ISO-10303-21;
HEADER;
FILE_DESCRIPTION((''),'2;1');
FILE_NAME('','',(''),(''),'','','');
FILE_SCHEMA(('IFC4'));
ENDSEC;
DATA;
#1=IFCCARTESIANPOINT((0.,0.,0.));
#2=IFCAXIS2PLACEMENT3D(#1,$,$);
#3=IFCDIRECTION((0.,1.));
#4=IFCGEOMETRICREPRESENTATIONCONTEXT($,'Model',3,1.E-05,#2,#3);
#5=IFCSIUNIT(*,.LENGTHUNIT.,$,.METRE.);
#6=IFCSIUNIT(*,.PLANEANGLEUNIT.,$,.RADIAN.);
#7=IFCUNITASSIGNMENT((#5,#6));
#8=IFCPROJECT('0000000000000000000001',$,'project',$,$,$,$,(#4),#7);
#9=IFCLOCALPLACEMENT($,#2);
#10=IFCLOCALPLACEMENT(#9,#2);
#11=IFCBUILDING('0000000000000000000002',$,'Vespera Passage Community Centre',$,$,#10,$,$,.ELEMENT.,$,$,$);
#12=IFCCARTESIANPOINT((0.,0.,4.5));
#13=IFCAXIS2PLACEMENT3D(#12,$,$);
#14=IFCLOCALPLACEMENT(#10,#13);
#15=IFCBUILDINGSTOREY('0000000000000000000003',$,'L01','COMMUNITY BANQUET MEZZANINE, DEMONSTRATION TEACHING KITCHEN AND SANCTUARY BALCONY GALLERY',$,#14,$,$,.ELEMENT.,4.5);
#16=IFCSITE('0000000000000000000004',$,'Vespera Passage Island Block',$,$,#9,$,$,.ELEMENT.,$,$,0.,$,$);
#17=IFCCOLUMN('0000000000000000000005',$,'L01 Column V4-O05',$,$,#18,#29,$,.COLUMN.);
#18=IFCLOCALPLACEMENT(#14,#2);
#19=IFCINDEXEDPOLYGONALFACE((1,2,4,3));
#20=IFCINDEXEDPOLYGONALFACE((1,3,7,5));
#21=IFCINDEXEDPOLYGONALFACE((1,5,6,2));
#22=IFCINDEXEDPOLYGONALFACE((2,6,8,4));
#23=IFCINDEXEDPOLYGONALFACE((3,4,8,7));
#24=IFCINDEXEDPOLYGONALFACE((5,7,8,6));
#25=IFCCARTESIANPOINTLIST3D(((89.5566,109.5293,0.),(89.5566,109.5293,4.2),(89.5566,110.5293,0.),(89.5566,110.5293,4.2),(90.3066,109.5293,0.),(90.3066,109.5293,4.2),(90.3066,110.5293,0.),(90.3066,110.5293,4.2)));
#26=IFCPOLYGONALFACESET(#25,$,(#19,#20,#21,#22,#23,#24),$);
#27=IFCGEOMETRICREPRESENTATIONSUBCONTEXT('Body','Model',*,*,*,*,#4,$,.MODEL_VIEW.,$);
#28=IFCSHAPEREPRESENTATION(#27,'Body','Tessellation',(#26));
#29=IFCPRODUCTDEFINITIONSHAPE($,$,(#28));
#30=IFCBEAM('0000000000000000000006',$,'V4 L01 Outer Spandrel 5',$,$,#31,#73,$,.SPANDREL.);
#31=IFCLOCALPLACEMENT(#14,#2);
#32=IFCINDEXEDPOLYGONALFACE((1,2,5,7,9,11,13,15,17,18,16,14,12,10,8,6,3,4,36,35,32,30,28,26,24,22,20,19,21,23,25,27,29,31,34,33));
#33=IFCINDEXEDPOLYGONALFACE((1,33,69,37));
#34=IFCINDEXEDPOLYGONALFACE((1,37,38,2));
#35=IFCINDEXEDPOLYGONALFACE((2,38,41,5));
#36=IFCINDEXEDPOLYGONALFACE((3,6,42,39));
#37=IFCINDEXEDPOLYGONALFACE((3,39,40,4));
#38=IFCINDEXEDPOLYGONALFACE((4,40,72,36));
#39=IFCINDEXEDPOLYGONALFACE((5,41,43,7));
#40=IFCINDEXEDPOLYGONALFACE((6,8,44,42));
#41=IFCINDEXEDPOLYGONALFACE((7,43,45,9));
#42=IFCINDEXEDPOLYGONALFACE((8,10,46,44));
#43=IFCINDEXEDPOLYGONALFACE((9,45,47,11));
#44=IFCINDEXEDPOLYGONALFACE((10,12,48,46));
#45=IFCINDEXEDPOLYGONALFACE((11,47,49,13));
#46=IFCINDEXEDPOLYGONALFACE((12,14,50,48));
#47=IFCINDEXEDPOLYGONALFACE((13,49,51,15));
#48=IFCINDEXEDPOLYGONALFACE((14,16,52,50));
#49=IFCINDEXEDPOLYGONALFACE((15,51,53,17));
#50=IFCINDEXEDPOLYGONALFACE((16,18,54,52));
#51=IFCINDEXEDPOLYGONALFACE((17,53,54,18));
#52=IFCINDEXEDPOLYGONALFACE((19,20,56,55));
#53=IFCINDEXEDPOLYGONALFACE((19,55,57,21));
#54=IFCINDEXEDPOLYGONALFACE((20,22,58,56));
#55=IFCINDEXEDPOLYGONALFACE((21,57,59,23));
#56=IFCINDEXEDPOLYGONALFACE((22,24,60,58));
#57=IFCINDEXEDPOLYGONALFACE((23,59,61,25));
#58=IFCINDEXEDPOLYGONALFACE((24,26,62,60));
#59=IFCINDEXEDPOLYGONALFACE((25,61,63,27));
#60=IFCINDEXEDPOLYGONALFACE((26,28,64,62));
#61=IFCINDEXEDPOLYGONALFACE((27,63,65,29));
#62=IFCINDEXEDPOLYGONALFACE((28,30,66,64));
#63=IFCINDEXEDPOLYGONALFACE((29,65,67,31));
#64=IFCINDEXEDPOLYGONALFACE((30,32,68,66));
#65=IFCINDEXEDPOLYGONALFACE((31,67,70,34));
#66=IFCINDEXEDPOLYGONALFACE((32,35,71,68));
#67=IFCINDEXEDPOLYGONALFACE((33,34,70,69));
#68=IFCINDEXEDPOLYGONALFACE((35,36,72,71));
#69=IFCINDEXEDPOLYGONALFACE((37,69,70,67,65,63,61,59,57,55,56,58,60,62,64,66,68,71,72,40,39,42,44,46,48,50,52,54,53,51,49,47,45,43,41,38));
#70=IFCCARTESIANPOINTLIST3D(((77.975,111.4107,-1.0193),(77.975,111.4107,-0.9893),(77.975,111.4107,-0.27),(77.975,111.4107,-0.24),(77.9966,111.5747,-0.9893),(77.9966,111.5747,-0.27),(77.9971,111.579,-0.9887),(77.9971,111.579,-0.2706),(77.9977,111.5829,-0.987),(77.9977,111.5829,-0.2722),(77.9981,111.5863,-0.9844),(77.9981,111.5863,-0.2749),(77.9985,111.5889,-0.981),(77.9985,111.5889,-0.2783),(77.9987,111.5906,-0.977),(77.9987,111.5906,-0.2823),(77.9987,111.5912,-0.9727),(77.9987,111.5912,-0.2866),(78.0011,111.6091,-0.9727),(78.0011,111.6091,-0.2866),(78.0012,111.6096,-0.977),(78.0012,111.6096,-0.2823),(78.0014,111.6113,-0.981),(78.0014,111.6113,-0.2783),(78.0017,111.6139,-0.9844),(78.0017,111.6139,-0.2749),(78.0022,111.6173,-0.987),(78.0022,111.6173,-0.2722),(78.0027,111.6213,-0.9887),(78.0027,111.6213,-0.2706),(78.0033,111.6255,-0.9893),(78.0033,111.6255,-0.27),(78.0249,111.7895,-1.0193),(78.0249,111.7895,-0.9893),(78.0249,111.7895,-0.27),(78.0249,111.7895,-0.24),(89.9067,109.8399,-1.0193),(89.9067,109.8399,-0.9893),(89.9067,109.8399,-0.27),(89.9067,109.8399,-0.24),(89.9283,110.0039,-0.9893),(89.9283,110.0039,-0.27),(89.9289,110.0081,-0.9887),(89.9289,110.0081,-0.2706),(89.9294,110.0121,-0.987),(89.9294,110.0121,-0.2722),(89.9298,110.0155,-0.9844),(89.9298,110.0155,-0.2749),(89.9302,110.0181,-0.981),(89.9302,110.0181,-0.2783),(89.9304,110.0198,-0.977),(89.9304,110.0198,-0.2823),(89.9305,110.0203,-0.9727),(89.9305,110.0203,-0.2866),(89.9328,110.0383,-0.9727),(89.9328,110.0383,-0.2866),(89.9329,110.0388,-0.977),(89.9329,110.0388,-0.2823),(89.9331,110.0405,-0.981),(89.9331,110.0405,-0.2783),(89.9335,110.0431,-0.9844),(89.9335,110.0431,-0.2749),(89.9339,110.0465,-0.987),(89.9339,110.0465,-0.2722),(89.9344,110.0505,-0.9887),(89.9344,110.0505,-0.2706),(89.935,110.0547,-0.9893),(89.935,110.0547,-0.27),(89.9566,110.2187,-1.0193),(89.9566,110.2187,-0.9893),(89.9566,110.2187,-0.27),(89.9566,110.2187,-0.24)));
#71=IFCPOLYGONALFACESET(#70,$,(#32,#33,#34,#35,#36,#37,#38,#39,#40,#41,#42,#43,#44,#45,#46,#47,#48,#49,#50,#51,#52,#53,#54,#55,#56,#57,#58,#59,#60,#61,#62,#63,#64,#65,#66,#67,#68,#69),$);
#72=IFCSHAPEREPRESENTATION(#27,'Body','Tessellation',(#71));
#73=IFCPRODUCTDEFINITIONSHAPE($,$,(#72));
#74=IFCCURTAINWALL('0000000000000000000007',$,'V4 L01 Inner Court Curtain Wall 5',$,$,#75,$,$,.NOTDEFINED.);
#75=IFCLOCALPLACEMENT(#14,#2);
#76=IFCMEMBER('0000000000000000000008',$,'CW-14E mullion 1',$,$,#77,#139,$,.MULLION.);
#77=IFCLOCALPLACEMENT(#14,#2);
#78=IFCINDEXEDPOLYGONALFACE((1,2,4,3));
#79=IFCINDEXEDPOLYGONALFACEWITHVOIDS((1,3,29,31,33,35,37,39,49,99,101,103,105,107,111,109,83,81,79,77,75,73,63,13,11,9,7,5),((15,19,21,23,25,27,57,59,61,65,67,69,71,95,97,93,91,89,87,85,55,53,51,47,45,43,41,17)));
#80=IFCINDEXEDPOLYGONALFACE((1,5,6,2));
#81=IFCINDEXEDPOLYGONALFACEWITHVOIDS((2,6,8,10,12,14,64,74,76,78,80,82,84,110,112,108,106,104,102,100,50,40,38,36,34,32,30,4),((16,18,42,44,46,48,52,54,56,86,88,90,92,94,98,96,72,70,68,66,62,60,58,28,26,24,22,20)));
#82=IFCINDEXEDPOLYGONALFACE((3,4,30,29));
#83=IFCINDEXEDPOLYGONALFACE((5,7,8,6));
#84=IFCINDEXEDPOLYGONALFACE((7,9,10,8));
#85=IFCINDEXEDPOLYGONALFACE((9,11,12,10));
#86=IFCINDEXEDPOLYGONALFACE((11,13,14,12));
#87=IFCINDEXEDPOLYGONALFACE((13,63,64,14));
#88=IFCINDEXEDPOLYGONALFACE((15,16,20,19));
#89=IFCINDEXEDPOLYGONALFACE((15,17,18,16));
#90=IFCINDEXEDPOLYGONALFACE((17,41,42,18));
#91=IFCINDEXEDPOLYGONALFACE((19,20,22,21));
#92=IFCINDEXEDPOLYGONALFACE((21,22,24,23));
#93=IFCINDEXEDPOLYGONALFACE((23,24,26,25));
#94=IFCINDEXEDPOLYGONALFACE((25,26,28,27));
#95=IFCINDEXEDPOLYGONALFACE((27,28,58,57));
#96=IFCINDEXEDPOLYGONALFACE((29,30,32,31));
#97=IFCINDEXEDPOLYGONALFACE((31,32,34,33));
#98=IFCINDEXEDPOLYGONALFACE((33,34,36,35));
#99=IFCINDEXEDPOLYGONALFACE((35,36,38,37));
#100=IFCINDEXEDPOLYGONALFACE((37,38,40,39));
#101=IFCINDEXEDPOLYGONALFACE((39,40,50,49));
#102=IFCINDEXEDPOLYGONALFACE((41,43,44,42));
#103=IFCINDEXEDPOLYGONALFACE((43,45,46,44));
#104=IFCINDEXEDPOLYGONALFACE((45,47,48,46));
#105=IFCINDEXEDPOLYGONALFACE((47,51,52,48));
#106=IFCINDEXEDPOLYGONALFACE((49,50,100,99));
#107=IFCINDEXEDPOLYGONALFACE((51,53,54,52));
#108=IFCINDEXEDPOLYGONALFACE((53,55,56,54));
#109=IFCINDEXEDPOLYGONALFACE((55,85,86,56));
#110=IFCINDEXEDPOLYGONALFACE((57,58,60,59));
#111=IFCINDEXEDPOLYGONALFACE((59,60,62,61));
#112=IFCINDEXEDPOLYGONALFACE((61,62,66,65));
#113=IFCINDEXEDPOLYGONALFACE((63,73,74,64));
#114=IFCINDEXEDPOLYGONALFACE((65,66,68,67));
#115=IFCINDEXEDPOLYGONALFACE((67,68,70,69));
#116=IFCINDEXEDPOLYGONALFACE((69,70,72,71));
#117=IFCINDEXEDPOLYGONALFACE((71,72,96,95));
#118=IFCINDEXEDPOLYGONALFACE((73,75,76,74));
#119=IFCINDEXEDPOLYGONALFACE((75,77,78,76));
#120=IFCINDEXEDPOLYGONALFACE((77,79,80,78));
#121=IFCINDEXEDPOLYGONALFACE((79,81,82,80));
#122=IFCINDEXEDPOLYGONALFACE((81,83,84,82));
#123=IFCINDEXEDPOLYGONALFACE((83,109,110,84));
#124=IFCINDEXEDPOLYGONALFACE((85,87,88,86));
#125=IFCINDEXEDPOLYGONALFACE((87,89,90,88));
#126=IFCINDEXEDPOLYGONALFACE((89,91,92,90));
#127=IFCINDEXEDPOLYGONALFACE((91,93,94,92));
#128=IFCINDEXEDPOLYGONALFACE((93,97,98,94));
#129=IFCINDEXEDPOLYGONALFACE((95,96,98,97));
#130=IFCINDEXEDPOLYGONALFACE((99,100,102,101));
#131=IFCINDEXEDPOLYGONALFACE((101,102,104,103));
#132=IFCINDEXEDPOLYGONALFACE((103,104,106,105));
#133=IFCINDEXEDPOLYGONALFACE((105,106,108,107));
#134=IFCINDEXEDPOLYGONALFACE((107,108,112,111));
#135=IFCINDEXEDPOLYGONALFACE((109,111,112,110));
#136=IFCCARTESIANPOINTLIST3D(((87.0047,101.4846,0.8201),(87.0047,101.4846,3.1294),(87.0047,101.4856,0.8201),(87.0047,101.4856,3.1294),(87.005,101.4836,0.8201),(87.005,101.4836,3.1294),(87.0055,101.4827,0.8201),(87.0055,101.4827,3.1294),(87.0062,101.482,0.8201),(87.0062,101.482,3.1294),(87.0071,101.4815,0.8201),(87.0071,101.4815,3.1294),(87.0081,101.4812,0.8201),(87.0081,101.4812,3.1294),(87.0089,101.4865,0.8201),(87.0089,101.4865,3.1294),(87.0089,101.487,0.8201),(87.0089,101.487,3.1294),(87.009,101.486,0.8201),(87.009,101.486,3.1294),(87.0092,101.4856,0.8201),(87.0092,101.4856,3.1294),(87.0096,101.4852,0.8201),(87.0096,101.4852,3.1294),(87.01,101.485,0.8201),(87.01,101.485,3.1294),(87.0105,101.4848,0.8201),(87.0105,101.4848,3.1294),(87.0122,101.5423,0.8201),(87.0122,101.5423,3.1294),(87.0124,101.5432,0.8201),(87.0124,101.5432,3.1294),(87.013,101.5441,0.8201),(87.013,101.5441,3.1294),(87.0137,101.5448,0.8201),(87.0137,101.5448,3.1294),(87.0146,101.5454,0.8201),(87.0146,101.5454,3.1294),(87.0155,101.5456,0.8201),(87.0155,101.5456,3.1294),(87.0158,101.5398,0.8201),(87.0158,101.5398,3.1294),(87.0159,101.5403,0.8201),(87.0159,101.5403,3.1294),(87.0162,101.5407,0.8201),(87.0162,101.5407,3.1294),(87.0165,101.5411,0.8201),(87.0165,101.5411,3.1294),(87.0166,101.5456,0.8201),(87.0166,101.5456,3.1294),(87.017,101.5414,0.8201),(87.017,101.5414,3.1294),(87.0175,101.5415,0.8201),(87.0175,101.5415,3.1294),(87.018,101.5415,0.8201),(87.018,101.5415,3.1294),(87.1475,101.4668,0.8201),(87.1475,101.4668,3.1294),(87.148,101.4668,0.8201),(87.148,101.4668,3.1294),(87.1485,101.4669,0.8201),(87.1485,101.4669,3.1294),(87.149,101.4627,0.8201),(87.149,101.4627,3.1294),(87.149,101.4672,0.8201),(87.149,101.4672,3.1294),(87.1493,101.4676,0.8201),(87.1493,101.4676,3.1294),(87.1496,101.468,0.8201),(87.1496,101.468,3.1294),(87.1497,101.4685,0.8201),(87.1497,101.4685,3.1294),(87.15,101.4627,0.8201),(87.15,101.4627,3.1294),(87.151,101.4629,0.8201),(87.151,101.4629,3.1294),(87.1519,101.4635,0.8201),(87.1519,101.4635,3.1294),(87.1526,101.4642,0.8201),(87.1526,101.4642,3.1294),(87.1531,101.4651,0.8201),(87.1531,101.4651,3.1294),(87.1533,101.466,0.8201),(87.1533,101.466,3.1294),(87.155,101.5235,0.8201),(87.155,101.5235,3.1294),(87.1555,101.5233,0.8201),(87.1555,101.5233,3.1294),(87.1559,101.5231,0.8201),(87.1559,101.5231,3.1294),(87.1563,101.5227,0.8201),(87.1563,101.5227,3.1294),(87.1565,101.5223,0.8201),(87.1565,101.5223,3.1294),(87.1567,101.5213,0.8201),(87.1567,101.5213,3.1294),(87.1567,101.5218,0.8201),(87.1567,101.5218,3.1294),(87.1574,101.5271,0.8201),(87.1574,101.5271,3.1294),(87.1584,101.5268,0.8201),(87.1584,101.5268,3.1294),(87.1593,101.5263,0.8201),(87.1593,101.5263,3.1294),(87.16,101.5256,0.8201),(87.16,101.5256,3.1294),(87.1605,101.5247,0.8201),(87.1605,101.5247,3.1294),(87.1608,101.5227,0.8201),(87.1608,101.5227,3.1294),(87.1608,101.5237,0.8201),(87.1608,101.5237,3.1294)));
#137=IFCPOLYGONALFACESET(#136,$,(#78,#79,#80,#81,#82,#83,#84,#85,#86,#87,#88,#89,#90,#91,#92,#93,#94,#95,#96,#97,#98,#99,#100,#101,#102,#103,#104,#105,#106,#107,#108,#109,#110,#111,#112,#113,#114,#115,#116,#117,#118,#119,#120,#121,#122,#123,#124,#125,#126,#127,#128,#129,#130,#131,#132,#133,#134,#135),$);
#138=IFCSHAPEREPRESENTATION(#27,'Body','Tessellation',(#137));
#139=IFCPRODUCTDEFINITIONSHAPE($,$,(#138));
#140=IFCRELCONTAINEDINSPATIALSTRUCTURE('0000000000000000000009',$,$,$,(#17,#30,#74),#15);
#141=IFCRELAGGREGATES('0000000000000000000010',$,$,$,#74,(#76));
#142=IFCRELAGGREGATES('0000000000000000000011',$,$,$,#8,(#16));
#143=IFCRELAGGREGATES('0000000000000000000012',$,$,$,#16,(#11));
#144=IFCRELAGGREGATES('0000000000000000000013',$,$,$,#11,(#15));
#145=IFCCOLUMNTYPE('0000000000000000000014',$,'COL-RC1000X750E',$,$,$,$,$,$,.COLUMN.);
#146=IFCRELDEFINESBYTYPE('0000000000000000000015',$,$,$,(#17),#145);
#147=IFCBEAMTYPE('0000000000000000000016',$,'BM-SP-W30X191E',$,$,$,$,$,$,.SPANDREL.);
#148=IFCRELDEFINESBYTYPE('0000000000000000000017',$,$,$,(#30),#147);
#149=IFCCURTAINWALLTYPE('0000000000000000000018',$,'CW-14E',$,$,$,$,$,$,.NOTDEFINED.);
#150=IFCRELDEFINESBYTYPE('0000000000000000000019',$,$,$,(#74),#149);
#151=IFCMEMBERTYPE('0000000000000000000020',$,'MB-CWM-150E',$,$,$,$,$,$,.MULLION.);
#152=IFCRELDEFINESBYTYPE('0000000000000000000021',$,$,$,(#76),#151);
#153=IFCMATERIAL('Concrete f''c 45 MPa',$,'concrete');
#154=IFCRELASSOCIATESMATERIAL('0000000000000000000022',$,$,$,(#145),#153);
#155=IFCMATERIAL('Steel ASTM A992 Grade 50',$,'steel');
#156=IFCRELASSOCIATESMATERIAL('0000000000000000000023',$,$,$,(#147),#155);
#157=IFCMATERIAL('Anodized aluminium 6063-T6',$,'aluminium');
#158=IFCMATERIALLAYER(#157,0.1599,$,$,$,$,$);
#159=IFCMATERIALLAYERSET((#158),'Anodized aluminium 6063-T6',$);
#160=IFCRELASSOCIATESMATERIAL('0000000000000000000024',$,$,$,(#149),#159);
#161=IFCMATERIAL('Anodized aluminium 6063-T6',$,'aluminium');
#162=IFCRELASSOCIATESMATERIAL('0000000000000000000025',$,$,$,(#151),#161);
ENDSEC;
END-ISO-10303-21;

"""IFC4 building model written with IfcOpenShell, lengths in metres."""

from ifc_helpers import new_model, si_unit, direction, frame, origin, origin_2d, place, context, subcontext, project, spatial, rectangle, hollow_rectangle, i_section, extrude, material, layer, layer_set, material_profile, profile_set, type_object, element, aggregate, save


model = new_model("IFC4")

# Units and contexts
model_context = context("Model", 3, precision=1e-05, world=origin(), true_north=direction((0.0, 1.0)))
body_context = subcontext(model_context, "Body", "Model", "MODEL_VIEW")
ifc_project = project(units=[si_unit("LENGTHUNIT", "METRE"), si_unit("PLANEANGLEUNIT", "RADIAN")], contexts=[model_context])

# Site, building, storey
site_placement = place(None, origin())
site = spatial("IfcSite", under=ifc_project, at=site_placement, Name="Vespera Passage Island Block", CompositionType="ELEMENT", RefElevation=0.0)
building_placement = place(site_placement, origin())
building = spatial("IfcBuilding", under=site, at=building_placement, Name="Vespera Passage Community Centre", CompositionType="ELEMENT")
storey_placement = place(building_placement, frame((0.0, 0.0, 4.5)))
storey = spatial("IfcBuildingStorey", under=building, at=storey_placement, Name="L01", Description="COMMUNITY BANQUET MEZZANINE, DEMONSTRATION TEACHING KITCHEN AND SANCTUARY BALCONY GALLERY", CompositionType="ELEMENT", Elevation=4.5)

# Column
ifc_material_1 = material(Name="Concrete f'c 45 MPa", Category="concrete")
ifc_material_profile_1 = material_profile(ifc_material_1, rectangle(XDim=0.75, YDim=1.0, at=origin_2d()), Name="RC1000X750")
ifc_profile_set_1 = profile_set([ifc_material_profile_1], Name="Concrete f'c 45 MPa")
column_type = type_object("IfcColumnType", Name="COL-RC1000X750E", PredefinedType="COLUMN", material=ifc_profile_set_1)
column_placement = place(storey_placement, frame((89.9316, 110.0293, 0.0), z_axis=(0.0, 0.0, 1.0), x_axis=(1.0, 0.0, 0.0)))
element("IfcColumn", 1, at=column_placement, inside=storey, type_object=column_type, Name="L01 Column V4-O05", PredefinedType="COLUMN", context=body_context, shape_type="SweptSolid", body=[
    extrude(rectangle(XDim=0.75, YDim=1.0, at=origin_2d()), origin(), (0.0, 0.0, 1.0), 4.2),
])

# Beam
ifc_material_2 = material(Name="Steel ASTM A992 Grade 50", Category="steel")
ifc_material_profile_2 = material_profile(ifc_material_2, i_section(OverallWidth=0.3821, OverallDepth=0.7793, WebThickness=0.0181, FlangeThickness=0.03, FilletRadius=0.0166, at=origin_2d()), Name="W30X191")
ifc_profile_set_2 = profile_set([ifc_material_profile_2], Name="Steel ASTM A992 Grade 50")
beam_type = type_object("IfcBeamType", Name="BM-SP-W30X191E", PredefinedType="SPANDREL", material=ifc_profile_set_2)
beam_placement = place(storey_placement, frame((89.9316, 110.0293, -0.6296), z_axis=(-0.991445, 0.130524, 0.0), x_axis=(-0.130524, -0.991445, 0.0)))
element("IfcBeam", 2, at=beam_placement, inside=storey, type_object=beam_type, Name="V4 L01 Outer Spandrel 5", PredefinedType="SPANDREL", context=body_context, shape_type="SweptSolid", body=[
    extrude(i_section(OverallWidth=0.3821, OverallDepth=0.7793, WebThickness=0.0181, FlangeThickness=0.03, FilletRadius=0.0166, at=origin_2d()), origin(), (0.0, 0.0, 1.0), 12.0347),
])

# Curtain wall, member
ifc_material_3 = material(Name="Anodized aluminium 6063-T6", Category="aluminium")
ifc_layer_1 = layer(ifc_material_3, 0.1599)
ifc_layer_set_1 = layer_set([ifc_layer_1], Name="Anodized aluminium 6063-T6")
curtain_wall_type_1 = type_object("IfcCurtainWallType", Name="CW-14E", PredefinedType="NOTDEFINED", material=ifc_layer_set_1)
curtain_wall_1_placement = place(storey_placement, origin())
curtain_wall_1 = element("IfcCurtainWall", 3, at=curtain_wall_1_placement, inside=storey, type_object=curtain_wall_type_1, Name="V4 L01 Inner Court Curtain Wall 5", PredefinedType="NOTDEFINED")
ifc_material_4 = material(Name="Anodized aluminium 6063-T6", Category="aluminium")
ifc_material_profile_3 = material_profile(ifc_material_4, hollow_rectangle(XDim=0.0649, YDim=0.1499, WallThickness=0.0039, InnerFilletRadius=0.002, OuterFilletRadius=0.0039, at=origin_2d()), Name="ALU150X65X4")
ifc_profile_set_3 = profile_set([ifc_material_profile_3], Name="Anodized aluminium 6063-T6")
member_type_1 = type_object("IfcMemberType", Name="MB-CWM-150E", PredefinedType="MULLION", material=ifc_profile_set_3)
member_1_placement = place(storey_placement, frame((87.0828, 101.5042, 0.8201), z_axis=(0.0, 0.0, 1.0), x_axis=(-0.130522, -0.991445, 0.0)))
member_1 = element("IfcMember", 4, at=member_1_placement, type_object=member_type_1, Name="CW-14E mullion 1", PredefinedType="MULLION", context=body_context, shape_type="SweptSolid", body=[
    extrude(hollow_rectangle(XDim=0.0649, YDim=0.1499, WallThickness=0.0039, InnerFilletRadius=0.002, OuterFilletRadius=0.0039, at=origin_2d()), origin(), (0.0, 0.0, 1.0), 2.3093),
])

aggregate(curtain_wall_1, [member_1])

save(model, "model.ifc")
